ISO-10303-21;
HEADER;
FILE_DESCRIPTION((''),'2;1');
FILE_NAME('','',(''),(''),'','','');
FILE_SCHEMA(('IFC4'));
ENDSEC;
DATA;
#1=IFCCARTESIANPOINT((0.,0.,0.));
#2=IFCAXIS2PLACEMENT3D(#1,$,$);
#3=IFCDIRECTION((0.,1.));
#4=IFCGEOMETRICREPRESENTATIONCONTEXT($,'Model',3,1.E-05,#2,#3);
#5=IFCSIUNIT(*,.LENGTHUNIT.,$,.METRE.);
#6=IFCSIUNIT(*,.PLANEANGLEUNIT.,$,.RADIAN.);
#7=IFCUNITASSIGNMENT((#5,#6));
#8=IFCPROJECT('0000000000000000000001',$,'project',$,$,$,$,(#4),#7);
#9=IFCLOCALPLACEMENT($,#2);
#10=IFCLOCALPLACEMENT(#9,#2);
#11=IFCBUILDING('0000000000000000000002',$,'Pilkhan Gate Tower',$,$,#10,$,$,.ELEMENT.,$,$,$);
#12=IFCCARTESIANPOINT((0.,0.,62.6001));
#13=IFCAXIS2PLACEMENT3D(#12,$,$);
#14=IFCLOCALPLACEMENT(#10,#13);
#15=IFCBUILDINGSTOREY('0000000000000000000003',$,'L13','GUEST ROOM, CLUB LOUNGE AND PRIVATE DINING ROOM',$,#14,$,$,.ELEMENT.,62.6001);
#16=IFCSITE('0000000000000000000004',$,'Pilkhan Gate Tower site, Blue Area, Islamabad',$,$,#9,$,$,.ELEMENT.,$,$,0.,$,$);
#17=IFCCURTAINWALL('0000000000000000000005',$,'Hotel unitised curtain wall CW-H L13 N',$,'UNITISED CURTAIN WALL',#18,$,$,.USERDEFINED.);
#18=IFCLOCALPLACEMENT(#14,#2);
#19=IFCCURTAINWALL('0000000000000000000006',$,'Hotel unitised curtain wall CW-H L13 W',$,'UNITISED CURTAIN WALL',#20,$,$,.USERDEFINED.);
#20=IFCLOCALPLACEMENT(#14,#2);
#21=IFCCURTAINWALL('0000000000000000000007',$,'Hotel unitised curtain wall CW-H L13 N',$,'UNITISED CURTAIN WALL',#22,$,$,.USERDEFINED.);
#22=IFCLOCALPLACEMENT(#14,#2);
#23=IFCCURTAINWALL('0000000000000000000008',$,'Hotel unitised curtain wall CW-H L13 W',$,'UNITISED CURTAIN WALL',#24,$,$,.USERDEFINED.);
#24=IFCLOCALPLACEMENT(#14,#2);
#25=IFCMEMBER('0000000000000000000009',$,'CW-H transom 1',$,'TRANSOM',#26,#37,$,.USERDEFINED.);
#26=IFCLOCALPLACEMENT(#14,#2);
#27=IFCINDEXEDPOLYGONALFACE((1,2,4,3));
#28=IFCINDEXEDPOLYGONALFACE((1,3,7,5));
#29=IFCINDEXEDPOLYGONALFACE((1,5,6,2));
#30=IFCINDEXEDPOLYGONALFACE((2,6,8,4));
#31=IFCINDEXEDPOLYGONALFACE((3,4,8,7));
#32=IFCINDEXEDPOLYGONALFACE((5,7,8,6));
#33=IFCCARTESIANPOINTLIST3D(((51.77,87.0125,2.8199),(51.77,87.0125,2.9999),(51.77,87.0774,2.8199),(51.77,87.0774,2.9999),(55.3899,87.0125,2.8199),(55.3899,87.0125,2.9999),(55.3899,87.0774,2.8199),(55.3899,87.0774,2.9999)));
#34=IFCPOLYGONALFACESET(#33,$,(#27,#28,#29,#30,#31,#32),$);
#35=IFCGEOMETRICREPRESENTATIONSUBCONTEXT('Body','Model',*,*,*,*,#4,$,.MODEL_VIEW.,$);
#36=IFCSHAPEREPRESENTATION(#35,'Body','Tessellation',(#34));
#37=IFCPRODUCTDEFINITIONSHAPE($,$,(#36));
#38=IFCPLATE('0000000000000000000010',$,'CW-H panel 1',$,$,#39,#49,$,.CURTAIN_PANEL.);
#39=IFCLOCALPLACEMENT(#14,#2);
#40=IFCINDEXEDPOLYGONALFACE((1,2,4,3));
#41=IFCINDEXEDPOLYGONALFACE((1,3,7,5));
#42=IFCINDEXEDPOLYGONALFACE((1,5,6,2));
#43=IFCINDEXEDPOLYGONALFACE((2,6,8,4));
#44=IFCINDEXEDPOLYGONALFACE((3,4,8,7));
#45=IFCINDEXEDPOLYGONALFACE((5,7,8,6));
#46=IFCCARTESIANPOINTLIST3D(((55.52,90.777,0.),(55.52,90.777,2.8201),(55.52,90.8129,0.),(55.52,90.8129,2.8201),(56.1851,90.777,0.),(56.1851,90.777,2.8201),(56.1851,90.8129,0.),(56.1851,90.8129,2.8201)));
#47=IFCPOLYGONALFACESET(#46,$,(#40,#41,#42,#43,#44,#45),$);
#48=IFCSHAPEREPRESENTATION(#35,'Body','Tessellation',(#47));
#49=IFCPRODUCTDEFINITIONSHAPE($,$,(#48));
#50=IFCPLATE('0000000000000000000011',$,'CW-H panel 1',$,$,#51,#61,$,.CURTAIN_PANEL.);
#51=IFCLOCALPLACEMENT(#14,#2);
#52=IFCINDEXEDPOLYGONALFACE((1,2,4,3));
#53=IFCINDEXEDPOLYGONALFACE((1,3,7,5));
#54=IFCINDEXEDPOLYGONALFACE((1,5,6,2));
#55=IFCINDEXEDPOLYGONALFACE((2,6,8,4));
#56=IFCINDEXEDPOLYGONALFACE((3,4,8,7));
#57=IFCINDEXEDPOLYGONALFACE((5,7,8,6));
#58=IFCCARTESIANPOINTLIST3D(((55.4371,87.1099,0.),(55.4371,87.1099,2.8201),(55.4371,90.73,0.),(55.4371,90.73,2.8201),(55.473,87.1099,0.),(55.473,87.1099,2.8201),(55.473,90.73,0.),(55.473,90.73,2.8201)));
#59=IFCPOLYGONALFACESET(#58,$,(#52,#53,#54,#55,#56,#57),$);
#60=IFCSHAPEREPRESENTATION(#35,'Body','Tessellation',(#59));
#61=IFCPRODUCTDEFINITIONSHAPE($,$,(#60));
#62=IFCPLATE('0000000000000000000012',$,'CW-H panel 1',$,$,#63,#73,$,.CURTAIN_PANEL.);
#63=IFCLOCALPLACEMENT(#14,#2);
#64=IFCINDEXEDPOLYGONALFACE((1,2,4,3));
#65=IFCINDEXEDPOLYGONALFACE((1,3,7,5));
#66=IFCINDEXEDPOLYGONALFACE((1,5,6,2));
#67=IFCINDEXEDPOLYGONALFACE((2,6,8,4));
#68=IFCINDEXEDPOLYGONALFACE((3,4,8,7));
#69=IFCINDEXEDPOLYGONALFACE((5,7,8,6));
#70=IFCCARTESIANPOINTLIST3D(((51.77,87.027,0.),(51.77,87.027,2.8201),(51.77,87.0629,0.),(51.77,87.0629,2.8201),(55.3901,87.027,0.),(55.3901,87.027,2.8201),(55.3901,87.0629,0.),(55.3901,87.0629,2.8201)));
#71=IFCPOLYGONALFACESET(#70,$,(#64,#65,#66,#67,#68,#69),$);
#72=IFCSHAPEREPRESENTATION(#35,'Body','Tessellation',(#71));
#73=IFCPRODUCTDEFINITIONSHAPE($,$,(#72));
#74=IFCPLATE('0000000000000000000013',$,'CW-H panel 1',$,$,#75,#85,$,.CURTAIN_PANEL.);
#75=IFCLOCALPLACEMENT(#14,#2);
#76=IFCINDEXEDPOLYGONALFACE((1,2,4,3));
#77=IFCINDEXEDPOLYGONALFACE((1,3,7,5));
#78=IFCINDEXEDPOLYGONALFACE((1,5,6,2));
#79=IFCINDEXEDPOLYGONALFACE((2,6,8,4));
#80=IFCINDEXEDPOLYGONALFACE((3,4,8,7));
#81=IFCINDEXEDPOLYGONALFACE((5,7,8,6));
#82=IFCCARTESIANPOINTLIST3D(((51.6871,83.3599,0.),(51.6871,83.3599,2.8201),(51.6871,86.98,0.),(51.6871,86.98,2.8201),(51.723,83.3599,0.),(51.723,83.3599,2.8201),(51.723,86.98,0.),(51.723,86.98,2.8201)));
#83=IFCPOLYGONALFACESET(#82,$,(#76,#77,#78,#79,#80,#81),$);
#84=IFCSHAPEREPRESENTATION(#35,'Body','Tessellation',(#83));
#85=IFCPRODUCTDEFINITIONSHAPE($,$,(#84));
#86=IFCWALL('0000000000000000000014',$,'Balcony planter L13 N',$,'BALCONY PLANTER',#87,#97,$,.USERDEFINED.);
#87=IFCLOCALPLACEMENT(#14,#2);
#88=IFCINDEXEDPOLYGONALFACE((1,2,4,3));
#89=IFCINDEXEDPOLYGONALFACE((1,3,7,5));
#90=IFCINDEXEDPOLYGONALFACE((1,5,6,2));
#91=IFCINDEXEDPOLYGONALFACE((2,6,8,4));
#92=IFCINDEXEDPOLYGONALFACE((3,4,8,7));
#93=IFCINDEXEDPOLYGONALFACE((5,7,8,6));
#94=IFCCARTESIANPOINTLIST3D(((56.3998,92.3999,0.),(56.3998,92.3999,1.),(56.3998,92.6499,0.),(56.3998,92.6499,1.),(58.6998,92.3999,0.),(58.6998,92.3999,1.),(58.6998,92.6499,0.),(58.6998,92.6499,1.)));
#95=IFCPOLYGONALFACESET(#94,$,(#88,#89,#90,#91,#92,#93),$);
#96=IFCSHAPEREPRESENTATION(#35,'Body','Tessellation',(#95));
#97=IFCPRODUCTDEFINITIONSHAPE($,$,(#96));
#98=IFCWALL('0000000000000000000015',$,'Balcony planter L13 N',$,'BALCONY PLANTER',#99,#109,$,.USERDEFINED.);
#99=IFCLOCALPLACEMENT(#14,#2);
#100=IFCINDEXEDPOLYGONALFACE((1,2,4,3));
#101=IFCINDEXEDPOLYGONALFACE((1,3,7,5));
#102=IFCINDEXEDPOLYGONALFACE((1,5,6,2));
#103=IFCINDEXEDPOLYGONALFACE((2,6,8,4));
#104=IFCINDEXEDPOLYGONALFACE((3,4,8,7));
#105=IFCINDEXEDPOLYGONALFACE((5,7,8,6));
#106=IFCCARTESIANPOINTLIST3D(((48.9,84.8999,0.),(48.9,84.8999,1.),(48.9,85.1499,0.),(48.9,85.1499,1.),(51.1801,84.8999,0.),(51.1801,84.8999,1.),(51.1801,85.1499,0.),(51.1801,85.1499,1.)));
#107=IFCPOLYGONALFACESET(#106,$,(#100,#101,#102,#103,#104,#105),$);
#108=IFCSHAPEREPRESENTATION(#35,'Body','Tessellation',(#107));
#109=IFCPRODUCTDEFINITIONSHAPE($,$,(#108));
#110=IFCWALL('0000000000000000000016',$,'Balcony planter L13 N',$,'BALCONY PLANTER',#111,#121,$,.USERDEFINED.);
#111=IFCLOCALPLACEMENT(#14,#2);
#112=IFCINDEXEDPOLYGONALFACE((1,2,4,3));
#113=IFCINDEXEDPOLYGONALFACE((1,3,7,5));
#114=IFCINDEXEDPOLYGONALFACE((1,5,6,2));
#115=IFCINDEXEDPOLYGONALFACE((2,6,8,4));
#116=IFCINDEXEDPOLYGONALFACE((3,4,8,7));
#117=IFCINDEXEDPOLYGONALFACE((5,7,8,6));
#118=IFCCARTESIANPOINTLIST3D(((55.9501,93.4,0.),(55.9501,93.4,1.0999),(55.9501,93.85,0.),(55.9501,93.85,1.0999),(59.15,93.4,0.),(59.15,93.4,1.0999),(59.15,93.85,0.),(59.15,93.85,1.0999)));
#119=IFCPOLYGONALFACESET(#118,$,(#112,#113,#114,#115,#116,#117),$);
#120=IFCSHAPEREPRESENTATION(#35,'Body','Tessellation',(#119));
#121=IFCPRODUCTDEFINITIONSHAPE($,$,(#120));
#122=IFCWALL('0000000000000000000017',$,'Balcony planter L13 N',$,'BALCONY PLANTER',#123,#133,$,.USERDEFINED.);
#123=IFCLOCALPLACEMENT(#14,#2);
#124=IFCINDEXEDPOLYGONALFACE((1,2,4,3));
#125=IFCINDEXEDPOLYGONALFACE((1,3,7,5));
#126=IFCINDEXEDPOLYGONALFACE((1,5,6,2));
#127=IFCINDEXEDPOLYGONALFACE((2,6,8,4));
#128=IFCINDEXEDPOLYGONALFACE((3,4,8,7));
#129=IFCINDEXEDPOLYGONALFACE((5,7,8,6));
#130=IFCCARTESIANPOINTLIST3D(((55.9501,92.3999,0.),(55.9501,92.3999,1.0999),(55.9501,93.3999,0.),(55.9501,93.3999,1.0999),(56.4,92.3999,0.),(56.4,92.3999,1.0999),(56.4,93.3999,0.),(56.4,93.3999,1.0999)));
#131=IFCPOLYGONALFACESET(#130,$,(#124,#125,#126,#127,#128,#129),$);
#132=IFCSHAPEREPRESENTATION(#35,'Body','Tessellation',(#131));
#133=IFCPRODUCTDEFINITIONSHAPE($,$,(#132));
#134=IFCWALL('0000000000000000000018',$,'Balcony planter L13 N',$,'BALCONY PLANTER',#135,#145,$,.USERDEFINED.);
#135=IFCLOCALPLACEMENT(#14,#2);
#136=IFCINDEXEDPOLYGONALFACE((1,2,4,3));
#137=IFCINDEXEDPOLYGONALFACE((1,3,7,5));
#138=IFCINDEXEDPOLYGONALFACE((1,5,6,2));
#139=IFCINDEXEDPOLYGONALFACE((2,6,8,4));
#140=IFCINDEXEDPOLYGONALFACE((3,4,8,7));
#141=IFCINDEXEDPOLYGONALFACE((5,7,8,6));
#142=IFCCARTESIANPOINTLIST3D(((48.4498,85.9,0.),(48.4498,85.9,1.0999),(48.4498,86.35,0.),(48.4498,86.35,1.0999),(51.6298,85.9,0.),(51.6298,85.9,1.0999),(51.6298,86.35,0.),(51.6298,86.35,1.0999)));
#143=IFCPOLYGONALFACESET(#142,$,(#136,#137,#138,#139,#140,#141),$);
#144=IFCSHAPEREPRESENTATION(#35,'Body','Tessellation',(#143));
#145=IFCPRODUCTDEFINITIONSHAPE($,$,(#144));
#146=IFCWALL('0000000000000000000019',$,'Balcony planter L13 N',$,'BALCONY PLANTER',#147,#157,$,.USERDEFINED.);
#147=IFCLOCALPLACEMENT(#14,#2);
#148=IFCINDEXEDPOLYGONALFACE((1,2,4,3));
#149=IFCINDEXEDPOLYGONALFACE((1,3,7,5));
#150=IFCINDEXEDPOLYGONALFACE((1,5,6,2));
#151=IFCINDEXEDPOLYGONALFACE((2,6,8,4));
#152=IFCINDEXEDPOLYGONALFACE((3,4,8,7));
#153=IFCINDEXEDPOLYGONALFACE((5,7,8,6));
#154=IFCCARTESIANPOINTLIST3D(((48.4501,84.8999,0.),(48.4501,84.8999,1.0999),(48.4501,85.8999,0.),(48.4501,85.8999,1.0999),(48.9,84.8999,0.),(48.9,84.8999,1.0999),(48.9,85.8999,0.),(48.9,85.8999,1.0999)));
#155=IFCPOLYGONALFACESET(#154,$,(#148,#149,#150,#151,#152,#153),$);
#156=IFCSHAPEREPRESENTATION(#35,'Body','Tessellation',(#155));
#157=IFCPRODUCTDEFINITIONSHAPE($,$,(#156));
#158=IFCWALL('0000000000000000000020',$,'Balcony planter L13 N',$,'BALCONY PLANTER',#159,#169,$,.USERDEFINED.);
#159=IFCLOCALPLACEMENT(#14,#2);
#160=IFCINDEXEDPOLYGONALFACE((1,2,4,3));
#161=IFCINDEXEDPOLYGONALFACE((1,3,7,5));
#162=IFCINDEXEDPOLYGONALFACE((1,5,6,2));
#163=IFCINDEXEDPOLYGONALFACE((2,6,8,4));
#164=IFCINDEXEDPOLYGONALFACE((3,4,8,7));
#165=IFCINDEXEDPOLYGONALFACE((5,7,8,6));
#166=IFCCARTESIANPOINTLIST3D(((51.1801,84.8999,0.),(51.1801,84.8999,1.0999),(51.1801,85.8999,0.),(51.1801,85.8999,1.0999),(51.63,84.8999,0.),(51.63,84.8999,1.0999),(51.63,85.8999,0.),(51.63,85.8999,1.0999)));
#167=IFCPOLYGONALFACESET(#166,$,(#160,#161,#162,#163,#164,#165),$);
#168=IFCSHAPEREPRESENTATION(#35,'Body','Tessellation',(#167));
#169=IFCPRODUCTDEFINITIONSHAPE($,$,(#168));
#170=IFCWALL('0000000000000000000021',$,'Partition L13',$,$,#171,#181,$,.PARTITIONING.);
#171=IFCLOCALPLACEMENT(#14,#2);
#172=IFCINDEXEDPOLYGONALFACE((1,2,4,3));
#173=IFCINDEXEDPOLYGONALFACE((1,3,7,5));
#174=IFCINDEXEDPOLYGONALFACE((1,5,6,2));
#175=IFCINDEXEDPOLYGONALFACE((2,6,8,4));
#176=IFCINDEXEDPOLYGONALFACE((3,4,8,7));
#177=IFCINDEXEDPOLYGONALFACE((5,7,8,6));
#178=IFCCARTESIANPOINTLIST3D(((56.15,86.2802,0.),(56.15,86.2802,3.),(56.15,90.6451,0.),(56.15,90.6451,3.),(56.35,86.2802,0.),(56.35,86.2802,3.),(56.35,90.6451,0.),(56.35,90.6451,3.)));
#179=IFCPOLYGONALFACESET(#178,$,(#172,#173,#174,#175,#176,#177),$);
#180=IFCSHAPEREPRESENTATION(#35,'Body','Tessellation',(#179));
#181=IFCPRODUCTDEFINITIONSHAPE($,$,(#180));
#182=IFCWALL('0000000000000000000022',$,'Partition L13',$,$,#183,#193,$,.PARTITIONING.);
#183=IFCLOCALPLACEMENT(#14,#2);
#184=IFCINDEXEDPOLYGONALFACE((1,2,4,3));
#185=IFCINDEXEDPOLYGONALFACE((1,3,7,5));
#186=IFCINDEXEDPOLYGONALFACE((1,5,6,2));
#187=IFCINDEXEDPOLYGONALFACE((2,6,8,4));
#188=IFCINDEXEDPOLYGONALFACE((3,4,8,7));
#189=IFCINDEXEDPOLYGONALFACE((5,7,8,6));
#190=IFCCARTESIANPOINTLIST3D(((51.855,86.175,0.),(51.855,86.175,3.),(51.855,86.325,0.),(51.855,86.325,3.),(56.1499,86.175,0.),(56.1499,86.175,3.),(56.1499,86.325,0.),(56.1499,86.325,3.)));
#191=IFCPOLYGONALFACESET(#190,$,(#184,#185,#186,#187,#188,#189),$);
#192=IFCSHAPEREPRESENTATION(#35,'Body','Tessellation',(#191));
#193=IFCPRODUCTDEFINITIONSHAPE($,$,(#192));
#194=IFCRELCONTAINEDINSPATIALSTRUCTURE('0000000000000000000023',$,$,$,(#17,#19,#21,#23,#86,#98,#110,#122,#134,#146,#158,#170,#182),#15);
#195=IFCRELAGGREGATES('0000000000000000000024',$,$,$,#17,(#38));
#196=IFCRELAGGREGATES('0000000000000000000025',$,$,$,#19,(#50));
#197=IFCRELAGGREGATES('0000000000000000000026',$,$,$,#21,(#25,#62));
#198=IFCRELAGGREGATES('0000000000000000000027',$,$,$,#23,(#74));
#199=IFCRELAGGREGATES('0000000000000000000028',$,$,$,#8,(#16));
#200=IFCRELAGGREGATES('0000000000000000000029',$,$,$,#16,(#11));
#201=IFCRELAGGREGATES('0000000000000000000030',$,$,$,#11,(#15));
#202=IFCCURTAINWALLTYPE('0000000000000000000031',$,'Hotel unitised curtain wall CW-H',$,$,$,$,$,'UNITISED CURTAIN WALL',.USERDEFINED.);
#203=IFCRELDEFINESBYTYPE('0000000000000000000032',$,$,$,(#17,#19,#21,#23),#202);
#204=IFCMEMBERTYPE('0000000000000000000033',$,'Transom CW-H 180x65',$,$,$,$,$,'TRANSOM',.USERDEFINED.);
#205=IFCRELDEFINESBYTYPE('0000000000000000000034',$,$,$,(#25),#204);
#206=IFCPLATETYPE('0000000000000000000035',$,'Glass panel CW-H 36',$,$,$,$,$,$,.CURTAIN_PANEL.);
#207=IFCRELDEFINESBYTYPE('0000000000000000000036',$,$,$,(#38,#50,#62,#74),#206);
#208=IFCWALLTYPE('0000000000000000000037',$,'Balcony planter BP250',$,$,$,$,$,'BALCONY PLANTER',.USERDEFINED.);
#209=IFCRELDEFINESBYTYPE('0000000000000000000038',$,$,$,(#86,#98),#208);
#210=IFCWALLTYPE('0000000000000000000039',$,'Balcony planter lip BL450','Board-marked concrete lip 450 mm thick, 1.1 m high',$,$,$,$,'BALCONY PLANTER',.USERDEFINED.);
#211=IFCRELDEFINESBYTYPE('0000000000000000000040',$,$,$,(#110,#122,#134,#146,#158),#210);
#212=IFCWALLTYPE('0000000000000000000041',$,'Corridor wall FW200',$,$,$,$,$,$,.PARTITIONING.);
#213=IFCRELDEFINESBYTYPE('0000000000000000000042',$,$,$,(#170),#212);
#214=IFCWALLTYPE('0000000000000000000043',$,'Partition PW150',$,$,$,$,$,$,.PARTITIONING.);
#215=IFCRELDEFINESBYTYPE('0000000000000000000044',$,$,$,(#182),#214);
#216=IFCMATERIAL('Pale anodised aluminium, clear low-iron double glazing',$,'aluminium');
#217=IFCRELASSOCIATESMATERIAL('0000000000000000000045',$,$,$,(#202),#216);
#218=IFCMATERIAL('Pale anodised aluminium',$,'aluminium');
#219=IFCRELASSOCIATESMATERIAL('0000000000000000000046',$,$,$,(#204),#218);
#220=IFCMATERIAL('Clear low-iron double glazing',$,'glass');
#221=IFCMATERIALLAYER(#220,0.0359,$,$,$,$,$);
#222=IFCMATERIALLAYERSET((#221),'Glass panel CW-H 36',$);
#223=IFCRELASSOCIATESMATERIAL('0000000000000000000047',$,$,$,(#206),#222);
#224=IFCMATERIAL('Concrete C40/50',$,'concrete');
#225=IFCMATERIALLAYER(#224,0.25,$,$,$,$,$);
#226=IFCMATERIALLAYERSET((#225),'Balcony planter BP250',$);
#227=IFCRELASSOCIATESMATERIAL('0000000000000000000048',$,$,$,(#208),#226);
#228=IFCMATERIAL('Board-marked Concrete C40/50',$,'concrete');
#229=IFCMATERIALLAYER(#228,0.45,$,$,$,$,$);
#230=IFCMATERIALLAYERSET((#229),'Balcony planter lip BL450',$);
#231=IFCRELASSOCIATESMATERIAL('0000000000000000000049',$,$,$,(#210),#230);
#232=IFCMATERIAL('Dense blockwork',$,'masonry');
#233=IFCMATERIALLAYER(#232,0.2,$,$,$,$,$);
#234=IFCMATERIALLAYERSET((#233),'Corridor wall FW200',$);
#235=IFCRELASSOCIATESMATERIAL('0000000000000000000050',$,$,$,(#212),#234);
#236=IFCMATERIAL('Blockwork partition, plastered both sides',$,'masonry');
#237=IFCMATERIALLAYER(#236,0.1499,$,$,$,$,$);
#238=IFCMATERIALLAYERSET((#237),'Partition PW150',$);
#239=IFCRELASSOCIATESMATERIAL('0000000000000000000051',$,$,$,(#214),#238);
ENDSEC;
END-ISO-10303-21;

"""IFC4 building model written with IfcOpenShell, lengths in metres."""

from ifc_helpers import new_model, si_unit, direction, frame, frame_2d, origin, origin_2d, place, context, subcontext, project, spatial, rectangle, extrude, material, layer, layer_set, material_profile, profile_set, type_object, element, aggregate, save


model = new_model("IFC4")

# Units and contexts
model_context = context("Model", 3, precision=1e-05, world=origin(), true_north=direction((0.0, 1.0)))
body_context = subcontext(model_context, "Body", "Model", "MODEL_VIEW")
ifc_project = project(units=[si_unit("LENGTHUNIT", "METRE"), si_unit("PLANEANGLEUNIT", "RADIAN")], contexts=[model_context])

# Site, building, storey
site_placement = place(None, origin())
site = spatial("IfcSite", under=ifc_project, at=site_placement, Name="Pilkhan Gate Tower site, Blue Area, Islamabad", CompositionType="ELEMENT", RefElevation=0.0)
building_placement = place(site_placement, origin())
building = spatial("IfcBuilding", under=site, at=building_placement, Name="Pilkhan Gate Tower", CompositionType="ELEMENT")
storey_placement = place(building_placement, frame((0.0, 0.0, 62.6001)))
storey = spatial("IfcBuildingStorey", under=building, at=storey_placement, Name="L13", Description="GUEST ROOM, CLUB LOUNGE AND PRIVATE DINING ROOM", CompositionType="ELEMENT", Elevation=62.6001)

# Curtain walls
ifc_material_1 = material(Name="Pale anodised aluminium, clear low-iron double glazing", Category="aluminium")
curtain_wall_type = type_object("IfcCurtainWallType", Name="Hotel unitised curtain wall CW-H", ElementType="UNITISED CURTAIN WALL", PredefinedType="USERDEFINED", material=ifc_material_1)
curtain_wall_1_placement = place(storey_placement, origin())
curtain_wall_1 = element("IfcCurtainWall", 1, at=curtain_wall_1_placement, inside=storey, type_object=curtain_wall_type, Name="Hotel unitised curtain wall CW-H L13 N", ObjectType="UNITISED CURTAIN WALL", PredefinedType="USERDEFINED")
ifc_material_2 = material(Name="Pale anodised aluminium", Category="aluminium")
curtain_wall_2_placement = place(storey_placement, origin())
curtain_wall_2 = element("IfcCurtainWall", 2, at=curtain_wall_2_placement, inside=storey, type_object=curtain_wall_type, Name="Hotel unitised curtain wall CW-H L13 W", ObjectType="UNITISED CURTAIN WALL", PredefinedType="USERDEFINED")
curtain_wall_3_placement = place(storey_placement, origin())
curtain_wall_3 = element("IfcCurtainWall", 3, at=curtain_wall_3_placement, inside=storey, type_object=curtain_wall_type, Name="Hotel unitised curtain wall CW-H L13 N", ObjectType="UNITISED CURTAIN WALL", PredefinedType="USERDEFINED")

# Curtain wall
curtain_wall_4_placement = place(storey_placement, origin())
curtain_wall_4 = element("IfcCurtainWall", 4, at=curtain_wall_4_placement, inside=storey, type_object=curtain_wall_type, Name="Hotel unitised curtain wall CW-H L13 W", ObjectType="UNITISED CURTAIN WALL", PredefinedType="USERDEFINED")

# Member
ifc_material_profile_1 = material_profile(ifc_material_2, rectangle(XDim=0.0649, YDim=0.1799, at=origin_2d()), Name="Transom 180x65")
ifc_profile_set_1 = profile_set([ifc_material_profile_1], Name="Pale anodised aluminium")
member_type_1 = type_object("IfcMemberType", Name="Transom CW-H 180x65", ElementType="TRANSOM", PredefinedType="USERDEFINED", material=ifc_profile_set_1)
member_1_placement = place(storey_placement, frame((51.77, 87.0449, 2.9099), z_axis=(1.0, 0.0, 0.0), x_axis=(0.0, 1.0, 0.0)))
member_1 = element("IfcMember", 5, at=member_1_placement, type_object=member_type_1, Name="CW-H transom 1", ObjectType="TRANSOM", PredefinedType="USERDEFINED", context=body_context, shape_type="SweptSolid", body=[
    extrude(rectangle(XDim=0.0649, YDim=0.1799, at=origin_2d()), origin(), (0.0, 0.0, 1.0), 3.6199),
])

# Plates
ifc_material_3 = material(Name="Clear low-iron double glazing", Category="glass")
ifc_layer_1 = layer(ifc_material_3, 0.0359)
ifc_layer_set_1 = layer_set([ifc_layer_1], Name="Glass panel CW-H 36")
plate_type = type_object("IfcPlateType", Name="Glass panel CW-H 36", PredefinedType="CURTAIN_PANEL", material=ifc_layer_set_1)
plate_1_placement = place(storey_placement, frame((55.8525, 90.7949, 0.0), z_axis=(0.0, 0.0, 1.0), x_axis=(1.0, 0.0, 0.0)))
plate_1 = element("IfcPlate", 6, at=plate_1_placement, type_object=plate_type, Name="CW-H panel 1", PredefinedType="CURTAIN_PANEL", context=body_context, shape_type="SweptSolid", body=[
    extrude(rectangle(XDim=0.665, YDim=0.0359, at=origin_2d()), origin(), (0.0, 0.0, 1.0), 2.8201),
])
aggregate(curtain_wall_1, [plate_1])
plate_2_placement = place(storey_placement, frame((55.4551, 88.9199, 0.0), z_axis=(0.0, 0.0, 1.0), x_axis=(0.0, 1.0, 0.0)))
plate_2 = element("IfcPlate", 7, at=plate_2_placement, type_object=plate_type, Name="CW-H panel 1", PredefinedType="CURTAIN_PANEL", context=body_context, shape_type="SweptSolid", body=[
    extrude(rectangle(XDim=3.6201, YDim=0.0359, at=origin_2d()), origin(), (0.0, 0.0, 1.0), 2.8201),
])
aggregate(curtain_wall_2, [plate_2])
plate_3_placement = place(storey_placement, frame((53.5801, 87.0449, 0.0), z_axis=(0.0, 0.0, 1.0), x_axis=(1.0, 0.0, 0.0)))
plate_3 = element("IfcPlate", 8, at=plate_3_placement, type_object=plate_type, Name="CW-H panel 1", PredefinedType="CURTAIN_PANEL", context=body_context, shape_type="SweptSolid", body=[
    extrude(rectangle(XDim=3.6201, YDim=0.0359, at=origin_2d()), origin(), (0.0, 0.0, 1.0), 2.8201),
])
aggregate(curtain_wall_3, [member_1, plate_3])
plate_4_placement = place(storey_placement, frame((51.7051, 85.1699, 0.0), z_axis=(0.0, 0.0, 1.0), x_axis=(0.0, 1.0, 0.0)))
plate_4 = element("IfcPlate", 9, at=plate_4_placement, type_object=plate_type, Name="CW-H panel 1", PredefinedType="CURTAIN_PANEL", context=body_context, shape_type="SweptSolid", body=[
    extrude(rectangle(XDim=3.6201, YDim=0.0359, at=origin_2d()), origin(), (0.0, 0.0, 1.0), 2.8201),
])
aggregate(curtain_wall_4, [plate_4])

# Walls
ifc_material_4 = material(Name="Concrete C40/50", Category="concrete")
ifc_layer_2 = layer(ifc_material_4, 0.25)
ifc_layer_set_2 = layer_set([ifc_layer_2], Name="Balcony planter BP250")
wall_type_1 = type_object("IfcWallType", Name="Balcony planter BP250", ElementType="BALCONY PLANTER", PredefinedType="USERDEFINED", material=ifc_layer_set_2)
wall_1_placement = place(storey_placement, frame((56.3999, 92.5249, 0.0), z_axis=(0.0, 0.0, 1.0), x_axis=(1.0, 0.0, 0.0)))
element("IfcWall", 10, at=wall_1_placement, inside=storey, type_object=wall_type_1, Name="Balcony planter L13 N", ObjectType="BALCONY PLANTER", PredefinedType="USERDEFINED", context=body_context, shape_type="SweptSolid", body=[
    extrude(rectangle(XDim=2.3, YDim=0.25, at=frame_2d((1.1499, 0.0))), origin(), (0.0, 0.0, 1.0), 1.0),
])
wall_2_placement = place(storey_placement, frame((48.8999, 85.0249, 0.0), z_axis=(0.0, 0.0, 1.0), x_axis=(1.0, 0.0, 0.0)))
element("IfcWall", 11, at=wall_2_placement, inside=storey, type_object=wall_type_1, Name="Balcony planter L13 N", ObjectType="BALCONY PLANTER", PredefinedType="USERDEFINED", context=body_context, shape_type="SweptSolid", body=[
    extrude(rectangle(XDim=2.28, YDim=0.25, at=frame_2d((1.1401, 0.0))), origin(), (0.0, 0.0, 1.0), 1.0),
])
ifc_material_5 = material(Name="Board-marked Concrete C40/50", Category="concrete")
ifc_layer_3 = layer(ifc_material_5, 0.45)
ifc_layer_set_3 = layer_set([ifc_layer_3], Name="Balcony planter lip BL450")
wall_type_2 = type_object("IfcWallType", Name="Balcony planter lip BL450", Description="Board-marked concrete lip 450 mm thick, 1.1 m high", ElementType="BALCONY PLANTER", PredefinedType="USERDEFINED", material=ifc_layer_set_3)
wall_3_placement = place(storey_placement, frame((55.95, 93.625, 0.0), z_axis=(0.0, 0.0, 1.0), x_axis=(1.0, 0.0, 0.0)))
element("IfcWall", 12, at=wall_3_placement, inside=storey, type_object=wall_type_2, Name="Balcony planter L13 N", ObjectType="BALCONY PLANTER", PredefinedType="USERDEFINED", context=body_context, shape_type="SweptSolid", body=[
    extrude(rectangle(XDim=3.2, YDim=0.45, at=frame_2d((1.6001, 0.0))), origin(), (0.0, 0.0, 1.0), 1.0999),
])
wall_4_placement = place(storey_placement, frame((56.175, 92.3999, 0.0), z_axis=(0.0, 0.0, 1.0), x_axis=(0.0, 1.0, 0.0)))
element("IfcWall", 13, at=wall_4_placement, inside=storey, type_object=wall_type_2, Name="Balcony planter L13 N", ObjectType="BALCONY PLANTER", PredefinedType="USERDEFINED", context=body_context, shape_type="SweptSolid", body=[
    extrude(rectangle(XDim=1.0, YDim=0.45, at=frame_2d((0.5, 0.0))), origin(), (0.0, 0.0, 1.0), 1.0999),
])
wall_5_placement = place(storey_placement, frame((48.45, 86.125, 0.0), z_axis=(0.0, 0.0, 1.0), x_axis=(1.0, 0.0, 0.0)))
element("IfcWall", 14, at=wall_5_placement, inside=storey, type_object=wall_type_2, Name="Balcony planter L13 N", ObjectType="BALCONY PLANTER", PredefinedType="USERDEFINED", context=body_context, shape_type="SweptSolid", body=[
    extrude(rectangle(XDim=3.1799, YDim=0.45, at=frame_2d((1.5898, 0.0))), origin(), (0.0, 0.0, 1.0), 1.0999),
])
for number, where, z_axis, x_axis, name in (
    (15, (48.675, 84.8999, 0.0), (0.0, 0.0, 1.0), (0.0, 1.0, 0.0), "Balcony planter L13 N"),
    (16, (51.405, 84.8999, 0.0), (0.0, 0.0, 1.0), (0.0, 1.0, 0.0), "Balcony planter L13 N"),
):
    element("IfcWall", number, at=place(storey_placement, frame(where, z_axis=z_axis, x_axis=x_axis)), inside=storey, type_object=wall_type_2, Name=name, ObjectType="BALCONY PLANTER", PredefinedType="USERDEFINED", context=body_context, shape_type="SweptSolid", body=[
        extrude(rectangle(XDim=1.0, YDim=0.45, at=frame_2d((0.5, 0.0))), origin(), (0.0, 0.0, 1.0), 1.0999),
    ])
ifc_material_6 = material(Name="Dense blockwork", Category="masonry")
ifc_layer_4 = layer(ifc_material_6, 0.2)
ifc_layer_set_4 = layer_set([ifc_layer_4], Name="Corridor wall FW200")
wall_type_3 = type_object("IfcWallType", Name="Corridor wall FW200", PredefinedType="PARTITIONING", material=ifc_layer_set_4)
wall_6_placement = place(storey_placement, frame((56.25, 86.28, 0.0), z_axis=(0.0, 0.0, 1.0), x_axis=(0.0, 1.0, 0.0)))
element("IfcWall", 17, at=wall_6_placement, inside=storey, type_object=wall_type_3, Name="Partition L13", PredefinedType="PARTITIONING", context=body_context, shape_type="SweptSolid", body=[
    extrude(rectangle(XDim=4.365, YDim=0.2, at=frame_2d((2.1826, 0.0))), origin(), (0.0, 0.0, 1.0), 3.0),
])

# Wall
ifc_material_7 = material(Name="Blockwork partition, plastered both sides", Category="masonry")
ifc_layer_5 = layer(ifc_material_7, 0.1499)
ifc_layer_set_5 = layer_set([ifc_layer_5], Name="Partition PW150")
wall_type_4 = type_object("IfcWallType", Name="Partition PW150", PredefinedType="PARTITIONING", material=ifc_layer_set_5)
wall_7_placement = place(storey_placement, frame((51.855, 86.25, 0.0), z_axis=(0.0, 0.0, 1.0), x_axis=(1.0, 0.0, 0.0)))
element("IfcWall", 18, at=wall_7_placement, inside=storey, type_object=wall_type_4, Name="Partition L13", PredefinedType="PARTITIONING", context=body_context, shape_type="SweptSolid", body=[
    extrude(rectangle(XDim=4.2949, YDim=0.1499, at=frame_2d((2.1475, 0.0))), origin(), (0.0, 0.0, 1.0), 3.0),
])

save(model, "model.ifc")
